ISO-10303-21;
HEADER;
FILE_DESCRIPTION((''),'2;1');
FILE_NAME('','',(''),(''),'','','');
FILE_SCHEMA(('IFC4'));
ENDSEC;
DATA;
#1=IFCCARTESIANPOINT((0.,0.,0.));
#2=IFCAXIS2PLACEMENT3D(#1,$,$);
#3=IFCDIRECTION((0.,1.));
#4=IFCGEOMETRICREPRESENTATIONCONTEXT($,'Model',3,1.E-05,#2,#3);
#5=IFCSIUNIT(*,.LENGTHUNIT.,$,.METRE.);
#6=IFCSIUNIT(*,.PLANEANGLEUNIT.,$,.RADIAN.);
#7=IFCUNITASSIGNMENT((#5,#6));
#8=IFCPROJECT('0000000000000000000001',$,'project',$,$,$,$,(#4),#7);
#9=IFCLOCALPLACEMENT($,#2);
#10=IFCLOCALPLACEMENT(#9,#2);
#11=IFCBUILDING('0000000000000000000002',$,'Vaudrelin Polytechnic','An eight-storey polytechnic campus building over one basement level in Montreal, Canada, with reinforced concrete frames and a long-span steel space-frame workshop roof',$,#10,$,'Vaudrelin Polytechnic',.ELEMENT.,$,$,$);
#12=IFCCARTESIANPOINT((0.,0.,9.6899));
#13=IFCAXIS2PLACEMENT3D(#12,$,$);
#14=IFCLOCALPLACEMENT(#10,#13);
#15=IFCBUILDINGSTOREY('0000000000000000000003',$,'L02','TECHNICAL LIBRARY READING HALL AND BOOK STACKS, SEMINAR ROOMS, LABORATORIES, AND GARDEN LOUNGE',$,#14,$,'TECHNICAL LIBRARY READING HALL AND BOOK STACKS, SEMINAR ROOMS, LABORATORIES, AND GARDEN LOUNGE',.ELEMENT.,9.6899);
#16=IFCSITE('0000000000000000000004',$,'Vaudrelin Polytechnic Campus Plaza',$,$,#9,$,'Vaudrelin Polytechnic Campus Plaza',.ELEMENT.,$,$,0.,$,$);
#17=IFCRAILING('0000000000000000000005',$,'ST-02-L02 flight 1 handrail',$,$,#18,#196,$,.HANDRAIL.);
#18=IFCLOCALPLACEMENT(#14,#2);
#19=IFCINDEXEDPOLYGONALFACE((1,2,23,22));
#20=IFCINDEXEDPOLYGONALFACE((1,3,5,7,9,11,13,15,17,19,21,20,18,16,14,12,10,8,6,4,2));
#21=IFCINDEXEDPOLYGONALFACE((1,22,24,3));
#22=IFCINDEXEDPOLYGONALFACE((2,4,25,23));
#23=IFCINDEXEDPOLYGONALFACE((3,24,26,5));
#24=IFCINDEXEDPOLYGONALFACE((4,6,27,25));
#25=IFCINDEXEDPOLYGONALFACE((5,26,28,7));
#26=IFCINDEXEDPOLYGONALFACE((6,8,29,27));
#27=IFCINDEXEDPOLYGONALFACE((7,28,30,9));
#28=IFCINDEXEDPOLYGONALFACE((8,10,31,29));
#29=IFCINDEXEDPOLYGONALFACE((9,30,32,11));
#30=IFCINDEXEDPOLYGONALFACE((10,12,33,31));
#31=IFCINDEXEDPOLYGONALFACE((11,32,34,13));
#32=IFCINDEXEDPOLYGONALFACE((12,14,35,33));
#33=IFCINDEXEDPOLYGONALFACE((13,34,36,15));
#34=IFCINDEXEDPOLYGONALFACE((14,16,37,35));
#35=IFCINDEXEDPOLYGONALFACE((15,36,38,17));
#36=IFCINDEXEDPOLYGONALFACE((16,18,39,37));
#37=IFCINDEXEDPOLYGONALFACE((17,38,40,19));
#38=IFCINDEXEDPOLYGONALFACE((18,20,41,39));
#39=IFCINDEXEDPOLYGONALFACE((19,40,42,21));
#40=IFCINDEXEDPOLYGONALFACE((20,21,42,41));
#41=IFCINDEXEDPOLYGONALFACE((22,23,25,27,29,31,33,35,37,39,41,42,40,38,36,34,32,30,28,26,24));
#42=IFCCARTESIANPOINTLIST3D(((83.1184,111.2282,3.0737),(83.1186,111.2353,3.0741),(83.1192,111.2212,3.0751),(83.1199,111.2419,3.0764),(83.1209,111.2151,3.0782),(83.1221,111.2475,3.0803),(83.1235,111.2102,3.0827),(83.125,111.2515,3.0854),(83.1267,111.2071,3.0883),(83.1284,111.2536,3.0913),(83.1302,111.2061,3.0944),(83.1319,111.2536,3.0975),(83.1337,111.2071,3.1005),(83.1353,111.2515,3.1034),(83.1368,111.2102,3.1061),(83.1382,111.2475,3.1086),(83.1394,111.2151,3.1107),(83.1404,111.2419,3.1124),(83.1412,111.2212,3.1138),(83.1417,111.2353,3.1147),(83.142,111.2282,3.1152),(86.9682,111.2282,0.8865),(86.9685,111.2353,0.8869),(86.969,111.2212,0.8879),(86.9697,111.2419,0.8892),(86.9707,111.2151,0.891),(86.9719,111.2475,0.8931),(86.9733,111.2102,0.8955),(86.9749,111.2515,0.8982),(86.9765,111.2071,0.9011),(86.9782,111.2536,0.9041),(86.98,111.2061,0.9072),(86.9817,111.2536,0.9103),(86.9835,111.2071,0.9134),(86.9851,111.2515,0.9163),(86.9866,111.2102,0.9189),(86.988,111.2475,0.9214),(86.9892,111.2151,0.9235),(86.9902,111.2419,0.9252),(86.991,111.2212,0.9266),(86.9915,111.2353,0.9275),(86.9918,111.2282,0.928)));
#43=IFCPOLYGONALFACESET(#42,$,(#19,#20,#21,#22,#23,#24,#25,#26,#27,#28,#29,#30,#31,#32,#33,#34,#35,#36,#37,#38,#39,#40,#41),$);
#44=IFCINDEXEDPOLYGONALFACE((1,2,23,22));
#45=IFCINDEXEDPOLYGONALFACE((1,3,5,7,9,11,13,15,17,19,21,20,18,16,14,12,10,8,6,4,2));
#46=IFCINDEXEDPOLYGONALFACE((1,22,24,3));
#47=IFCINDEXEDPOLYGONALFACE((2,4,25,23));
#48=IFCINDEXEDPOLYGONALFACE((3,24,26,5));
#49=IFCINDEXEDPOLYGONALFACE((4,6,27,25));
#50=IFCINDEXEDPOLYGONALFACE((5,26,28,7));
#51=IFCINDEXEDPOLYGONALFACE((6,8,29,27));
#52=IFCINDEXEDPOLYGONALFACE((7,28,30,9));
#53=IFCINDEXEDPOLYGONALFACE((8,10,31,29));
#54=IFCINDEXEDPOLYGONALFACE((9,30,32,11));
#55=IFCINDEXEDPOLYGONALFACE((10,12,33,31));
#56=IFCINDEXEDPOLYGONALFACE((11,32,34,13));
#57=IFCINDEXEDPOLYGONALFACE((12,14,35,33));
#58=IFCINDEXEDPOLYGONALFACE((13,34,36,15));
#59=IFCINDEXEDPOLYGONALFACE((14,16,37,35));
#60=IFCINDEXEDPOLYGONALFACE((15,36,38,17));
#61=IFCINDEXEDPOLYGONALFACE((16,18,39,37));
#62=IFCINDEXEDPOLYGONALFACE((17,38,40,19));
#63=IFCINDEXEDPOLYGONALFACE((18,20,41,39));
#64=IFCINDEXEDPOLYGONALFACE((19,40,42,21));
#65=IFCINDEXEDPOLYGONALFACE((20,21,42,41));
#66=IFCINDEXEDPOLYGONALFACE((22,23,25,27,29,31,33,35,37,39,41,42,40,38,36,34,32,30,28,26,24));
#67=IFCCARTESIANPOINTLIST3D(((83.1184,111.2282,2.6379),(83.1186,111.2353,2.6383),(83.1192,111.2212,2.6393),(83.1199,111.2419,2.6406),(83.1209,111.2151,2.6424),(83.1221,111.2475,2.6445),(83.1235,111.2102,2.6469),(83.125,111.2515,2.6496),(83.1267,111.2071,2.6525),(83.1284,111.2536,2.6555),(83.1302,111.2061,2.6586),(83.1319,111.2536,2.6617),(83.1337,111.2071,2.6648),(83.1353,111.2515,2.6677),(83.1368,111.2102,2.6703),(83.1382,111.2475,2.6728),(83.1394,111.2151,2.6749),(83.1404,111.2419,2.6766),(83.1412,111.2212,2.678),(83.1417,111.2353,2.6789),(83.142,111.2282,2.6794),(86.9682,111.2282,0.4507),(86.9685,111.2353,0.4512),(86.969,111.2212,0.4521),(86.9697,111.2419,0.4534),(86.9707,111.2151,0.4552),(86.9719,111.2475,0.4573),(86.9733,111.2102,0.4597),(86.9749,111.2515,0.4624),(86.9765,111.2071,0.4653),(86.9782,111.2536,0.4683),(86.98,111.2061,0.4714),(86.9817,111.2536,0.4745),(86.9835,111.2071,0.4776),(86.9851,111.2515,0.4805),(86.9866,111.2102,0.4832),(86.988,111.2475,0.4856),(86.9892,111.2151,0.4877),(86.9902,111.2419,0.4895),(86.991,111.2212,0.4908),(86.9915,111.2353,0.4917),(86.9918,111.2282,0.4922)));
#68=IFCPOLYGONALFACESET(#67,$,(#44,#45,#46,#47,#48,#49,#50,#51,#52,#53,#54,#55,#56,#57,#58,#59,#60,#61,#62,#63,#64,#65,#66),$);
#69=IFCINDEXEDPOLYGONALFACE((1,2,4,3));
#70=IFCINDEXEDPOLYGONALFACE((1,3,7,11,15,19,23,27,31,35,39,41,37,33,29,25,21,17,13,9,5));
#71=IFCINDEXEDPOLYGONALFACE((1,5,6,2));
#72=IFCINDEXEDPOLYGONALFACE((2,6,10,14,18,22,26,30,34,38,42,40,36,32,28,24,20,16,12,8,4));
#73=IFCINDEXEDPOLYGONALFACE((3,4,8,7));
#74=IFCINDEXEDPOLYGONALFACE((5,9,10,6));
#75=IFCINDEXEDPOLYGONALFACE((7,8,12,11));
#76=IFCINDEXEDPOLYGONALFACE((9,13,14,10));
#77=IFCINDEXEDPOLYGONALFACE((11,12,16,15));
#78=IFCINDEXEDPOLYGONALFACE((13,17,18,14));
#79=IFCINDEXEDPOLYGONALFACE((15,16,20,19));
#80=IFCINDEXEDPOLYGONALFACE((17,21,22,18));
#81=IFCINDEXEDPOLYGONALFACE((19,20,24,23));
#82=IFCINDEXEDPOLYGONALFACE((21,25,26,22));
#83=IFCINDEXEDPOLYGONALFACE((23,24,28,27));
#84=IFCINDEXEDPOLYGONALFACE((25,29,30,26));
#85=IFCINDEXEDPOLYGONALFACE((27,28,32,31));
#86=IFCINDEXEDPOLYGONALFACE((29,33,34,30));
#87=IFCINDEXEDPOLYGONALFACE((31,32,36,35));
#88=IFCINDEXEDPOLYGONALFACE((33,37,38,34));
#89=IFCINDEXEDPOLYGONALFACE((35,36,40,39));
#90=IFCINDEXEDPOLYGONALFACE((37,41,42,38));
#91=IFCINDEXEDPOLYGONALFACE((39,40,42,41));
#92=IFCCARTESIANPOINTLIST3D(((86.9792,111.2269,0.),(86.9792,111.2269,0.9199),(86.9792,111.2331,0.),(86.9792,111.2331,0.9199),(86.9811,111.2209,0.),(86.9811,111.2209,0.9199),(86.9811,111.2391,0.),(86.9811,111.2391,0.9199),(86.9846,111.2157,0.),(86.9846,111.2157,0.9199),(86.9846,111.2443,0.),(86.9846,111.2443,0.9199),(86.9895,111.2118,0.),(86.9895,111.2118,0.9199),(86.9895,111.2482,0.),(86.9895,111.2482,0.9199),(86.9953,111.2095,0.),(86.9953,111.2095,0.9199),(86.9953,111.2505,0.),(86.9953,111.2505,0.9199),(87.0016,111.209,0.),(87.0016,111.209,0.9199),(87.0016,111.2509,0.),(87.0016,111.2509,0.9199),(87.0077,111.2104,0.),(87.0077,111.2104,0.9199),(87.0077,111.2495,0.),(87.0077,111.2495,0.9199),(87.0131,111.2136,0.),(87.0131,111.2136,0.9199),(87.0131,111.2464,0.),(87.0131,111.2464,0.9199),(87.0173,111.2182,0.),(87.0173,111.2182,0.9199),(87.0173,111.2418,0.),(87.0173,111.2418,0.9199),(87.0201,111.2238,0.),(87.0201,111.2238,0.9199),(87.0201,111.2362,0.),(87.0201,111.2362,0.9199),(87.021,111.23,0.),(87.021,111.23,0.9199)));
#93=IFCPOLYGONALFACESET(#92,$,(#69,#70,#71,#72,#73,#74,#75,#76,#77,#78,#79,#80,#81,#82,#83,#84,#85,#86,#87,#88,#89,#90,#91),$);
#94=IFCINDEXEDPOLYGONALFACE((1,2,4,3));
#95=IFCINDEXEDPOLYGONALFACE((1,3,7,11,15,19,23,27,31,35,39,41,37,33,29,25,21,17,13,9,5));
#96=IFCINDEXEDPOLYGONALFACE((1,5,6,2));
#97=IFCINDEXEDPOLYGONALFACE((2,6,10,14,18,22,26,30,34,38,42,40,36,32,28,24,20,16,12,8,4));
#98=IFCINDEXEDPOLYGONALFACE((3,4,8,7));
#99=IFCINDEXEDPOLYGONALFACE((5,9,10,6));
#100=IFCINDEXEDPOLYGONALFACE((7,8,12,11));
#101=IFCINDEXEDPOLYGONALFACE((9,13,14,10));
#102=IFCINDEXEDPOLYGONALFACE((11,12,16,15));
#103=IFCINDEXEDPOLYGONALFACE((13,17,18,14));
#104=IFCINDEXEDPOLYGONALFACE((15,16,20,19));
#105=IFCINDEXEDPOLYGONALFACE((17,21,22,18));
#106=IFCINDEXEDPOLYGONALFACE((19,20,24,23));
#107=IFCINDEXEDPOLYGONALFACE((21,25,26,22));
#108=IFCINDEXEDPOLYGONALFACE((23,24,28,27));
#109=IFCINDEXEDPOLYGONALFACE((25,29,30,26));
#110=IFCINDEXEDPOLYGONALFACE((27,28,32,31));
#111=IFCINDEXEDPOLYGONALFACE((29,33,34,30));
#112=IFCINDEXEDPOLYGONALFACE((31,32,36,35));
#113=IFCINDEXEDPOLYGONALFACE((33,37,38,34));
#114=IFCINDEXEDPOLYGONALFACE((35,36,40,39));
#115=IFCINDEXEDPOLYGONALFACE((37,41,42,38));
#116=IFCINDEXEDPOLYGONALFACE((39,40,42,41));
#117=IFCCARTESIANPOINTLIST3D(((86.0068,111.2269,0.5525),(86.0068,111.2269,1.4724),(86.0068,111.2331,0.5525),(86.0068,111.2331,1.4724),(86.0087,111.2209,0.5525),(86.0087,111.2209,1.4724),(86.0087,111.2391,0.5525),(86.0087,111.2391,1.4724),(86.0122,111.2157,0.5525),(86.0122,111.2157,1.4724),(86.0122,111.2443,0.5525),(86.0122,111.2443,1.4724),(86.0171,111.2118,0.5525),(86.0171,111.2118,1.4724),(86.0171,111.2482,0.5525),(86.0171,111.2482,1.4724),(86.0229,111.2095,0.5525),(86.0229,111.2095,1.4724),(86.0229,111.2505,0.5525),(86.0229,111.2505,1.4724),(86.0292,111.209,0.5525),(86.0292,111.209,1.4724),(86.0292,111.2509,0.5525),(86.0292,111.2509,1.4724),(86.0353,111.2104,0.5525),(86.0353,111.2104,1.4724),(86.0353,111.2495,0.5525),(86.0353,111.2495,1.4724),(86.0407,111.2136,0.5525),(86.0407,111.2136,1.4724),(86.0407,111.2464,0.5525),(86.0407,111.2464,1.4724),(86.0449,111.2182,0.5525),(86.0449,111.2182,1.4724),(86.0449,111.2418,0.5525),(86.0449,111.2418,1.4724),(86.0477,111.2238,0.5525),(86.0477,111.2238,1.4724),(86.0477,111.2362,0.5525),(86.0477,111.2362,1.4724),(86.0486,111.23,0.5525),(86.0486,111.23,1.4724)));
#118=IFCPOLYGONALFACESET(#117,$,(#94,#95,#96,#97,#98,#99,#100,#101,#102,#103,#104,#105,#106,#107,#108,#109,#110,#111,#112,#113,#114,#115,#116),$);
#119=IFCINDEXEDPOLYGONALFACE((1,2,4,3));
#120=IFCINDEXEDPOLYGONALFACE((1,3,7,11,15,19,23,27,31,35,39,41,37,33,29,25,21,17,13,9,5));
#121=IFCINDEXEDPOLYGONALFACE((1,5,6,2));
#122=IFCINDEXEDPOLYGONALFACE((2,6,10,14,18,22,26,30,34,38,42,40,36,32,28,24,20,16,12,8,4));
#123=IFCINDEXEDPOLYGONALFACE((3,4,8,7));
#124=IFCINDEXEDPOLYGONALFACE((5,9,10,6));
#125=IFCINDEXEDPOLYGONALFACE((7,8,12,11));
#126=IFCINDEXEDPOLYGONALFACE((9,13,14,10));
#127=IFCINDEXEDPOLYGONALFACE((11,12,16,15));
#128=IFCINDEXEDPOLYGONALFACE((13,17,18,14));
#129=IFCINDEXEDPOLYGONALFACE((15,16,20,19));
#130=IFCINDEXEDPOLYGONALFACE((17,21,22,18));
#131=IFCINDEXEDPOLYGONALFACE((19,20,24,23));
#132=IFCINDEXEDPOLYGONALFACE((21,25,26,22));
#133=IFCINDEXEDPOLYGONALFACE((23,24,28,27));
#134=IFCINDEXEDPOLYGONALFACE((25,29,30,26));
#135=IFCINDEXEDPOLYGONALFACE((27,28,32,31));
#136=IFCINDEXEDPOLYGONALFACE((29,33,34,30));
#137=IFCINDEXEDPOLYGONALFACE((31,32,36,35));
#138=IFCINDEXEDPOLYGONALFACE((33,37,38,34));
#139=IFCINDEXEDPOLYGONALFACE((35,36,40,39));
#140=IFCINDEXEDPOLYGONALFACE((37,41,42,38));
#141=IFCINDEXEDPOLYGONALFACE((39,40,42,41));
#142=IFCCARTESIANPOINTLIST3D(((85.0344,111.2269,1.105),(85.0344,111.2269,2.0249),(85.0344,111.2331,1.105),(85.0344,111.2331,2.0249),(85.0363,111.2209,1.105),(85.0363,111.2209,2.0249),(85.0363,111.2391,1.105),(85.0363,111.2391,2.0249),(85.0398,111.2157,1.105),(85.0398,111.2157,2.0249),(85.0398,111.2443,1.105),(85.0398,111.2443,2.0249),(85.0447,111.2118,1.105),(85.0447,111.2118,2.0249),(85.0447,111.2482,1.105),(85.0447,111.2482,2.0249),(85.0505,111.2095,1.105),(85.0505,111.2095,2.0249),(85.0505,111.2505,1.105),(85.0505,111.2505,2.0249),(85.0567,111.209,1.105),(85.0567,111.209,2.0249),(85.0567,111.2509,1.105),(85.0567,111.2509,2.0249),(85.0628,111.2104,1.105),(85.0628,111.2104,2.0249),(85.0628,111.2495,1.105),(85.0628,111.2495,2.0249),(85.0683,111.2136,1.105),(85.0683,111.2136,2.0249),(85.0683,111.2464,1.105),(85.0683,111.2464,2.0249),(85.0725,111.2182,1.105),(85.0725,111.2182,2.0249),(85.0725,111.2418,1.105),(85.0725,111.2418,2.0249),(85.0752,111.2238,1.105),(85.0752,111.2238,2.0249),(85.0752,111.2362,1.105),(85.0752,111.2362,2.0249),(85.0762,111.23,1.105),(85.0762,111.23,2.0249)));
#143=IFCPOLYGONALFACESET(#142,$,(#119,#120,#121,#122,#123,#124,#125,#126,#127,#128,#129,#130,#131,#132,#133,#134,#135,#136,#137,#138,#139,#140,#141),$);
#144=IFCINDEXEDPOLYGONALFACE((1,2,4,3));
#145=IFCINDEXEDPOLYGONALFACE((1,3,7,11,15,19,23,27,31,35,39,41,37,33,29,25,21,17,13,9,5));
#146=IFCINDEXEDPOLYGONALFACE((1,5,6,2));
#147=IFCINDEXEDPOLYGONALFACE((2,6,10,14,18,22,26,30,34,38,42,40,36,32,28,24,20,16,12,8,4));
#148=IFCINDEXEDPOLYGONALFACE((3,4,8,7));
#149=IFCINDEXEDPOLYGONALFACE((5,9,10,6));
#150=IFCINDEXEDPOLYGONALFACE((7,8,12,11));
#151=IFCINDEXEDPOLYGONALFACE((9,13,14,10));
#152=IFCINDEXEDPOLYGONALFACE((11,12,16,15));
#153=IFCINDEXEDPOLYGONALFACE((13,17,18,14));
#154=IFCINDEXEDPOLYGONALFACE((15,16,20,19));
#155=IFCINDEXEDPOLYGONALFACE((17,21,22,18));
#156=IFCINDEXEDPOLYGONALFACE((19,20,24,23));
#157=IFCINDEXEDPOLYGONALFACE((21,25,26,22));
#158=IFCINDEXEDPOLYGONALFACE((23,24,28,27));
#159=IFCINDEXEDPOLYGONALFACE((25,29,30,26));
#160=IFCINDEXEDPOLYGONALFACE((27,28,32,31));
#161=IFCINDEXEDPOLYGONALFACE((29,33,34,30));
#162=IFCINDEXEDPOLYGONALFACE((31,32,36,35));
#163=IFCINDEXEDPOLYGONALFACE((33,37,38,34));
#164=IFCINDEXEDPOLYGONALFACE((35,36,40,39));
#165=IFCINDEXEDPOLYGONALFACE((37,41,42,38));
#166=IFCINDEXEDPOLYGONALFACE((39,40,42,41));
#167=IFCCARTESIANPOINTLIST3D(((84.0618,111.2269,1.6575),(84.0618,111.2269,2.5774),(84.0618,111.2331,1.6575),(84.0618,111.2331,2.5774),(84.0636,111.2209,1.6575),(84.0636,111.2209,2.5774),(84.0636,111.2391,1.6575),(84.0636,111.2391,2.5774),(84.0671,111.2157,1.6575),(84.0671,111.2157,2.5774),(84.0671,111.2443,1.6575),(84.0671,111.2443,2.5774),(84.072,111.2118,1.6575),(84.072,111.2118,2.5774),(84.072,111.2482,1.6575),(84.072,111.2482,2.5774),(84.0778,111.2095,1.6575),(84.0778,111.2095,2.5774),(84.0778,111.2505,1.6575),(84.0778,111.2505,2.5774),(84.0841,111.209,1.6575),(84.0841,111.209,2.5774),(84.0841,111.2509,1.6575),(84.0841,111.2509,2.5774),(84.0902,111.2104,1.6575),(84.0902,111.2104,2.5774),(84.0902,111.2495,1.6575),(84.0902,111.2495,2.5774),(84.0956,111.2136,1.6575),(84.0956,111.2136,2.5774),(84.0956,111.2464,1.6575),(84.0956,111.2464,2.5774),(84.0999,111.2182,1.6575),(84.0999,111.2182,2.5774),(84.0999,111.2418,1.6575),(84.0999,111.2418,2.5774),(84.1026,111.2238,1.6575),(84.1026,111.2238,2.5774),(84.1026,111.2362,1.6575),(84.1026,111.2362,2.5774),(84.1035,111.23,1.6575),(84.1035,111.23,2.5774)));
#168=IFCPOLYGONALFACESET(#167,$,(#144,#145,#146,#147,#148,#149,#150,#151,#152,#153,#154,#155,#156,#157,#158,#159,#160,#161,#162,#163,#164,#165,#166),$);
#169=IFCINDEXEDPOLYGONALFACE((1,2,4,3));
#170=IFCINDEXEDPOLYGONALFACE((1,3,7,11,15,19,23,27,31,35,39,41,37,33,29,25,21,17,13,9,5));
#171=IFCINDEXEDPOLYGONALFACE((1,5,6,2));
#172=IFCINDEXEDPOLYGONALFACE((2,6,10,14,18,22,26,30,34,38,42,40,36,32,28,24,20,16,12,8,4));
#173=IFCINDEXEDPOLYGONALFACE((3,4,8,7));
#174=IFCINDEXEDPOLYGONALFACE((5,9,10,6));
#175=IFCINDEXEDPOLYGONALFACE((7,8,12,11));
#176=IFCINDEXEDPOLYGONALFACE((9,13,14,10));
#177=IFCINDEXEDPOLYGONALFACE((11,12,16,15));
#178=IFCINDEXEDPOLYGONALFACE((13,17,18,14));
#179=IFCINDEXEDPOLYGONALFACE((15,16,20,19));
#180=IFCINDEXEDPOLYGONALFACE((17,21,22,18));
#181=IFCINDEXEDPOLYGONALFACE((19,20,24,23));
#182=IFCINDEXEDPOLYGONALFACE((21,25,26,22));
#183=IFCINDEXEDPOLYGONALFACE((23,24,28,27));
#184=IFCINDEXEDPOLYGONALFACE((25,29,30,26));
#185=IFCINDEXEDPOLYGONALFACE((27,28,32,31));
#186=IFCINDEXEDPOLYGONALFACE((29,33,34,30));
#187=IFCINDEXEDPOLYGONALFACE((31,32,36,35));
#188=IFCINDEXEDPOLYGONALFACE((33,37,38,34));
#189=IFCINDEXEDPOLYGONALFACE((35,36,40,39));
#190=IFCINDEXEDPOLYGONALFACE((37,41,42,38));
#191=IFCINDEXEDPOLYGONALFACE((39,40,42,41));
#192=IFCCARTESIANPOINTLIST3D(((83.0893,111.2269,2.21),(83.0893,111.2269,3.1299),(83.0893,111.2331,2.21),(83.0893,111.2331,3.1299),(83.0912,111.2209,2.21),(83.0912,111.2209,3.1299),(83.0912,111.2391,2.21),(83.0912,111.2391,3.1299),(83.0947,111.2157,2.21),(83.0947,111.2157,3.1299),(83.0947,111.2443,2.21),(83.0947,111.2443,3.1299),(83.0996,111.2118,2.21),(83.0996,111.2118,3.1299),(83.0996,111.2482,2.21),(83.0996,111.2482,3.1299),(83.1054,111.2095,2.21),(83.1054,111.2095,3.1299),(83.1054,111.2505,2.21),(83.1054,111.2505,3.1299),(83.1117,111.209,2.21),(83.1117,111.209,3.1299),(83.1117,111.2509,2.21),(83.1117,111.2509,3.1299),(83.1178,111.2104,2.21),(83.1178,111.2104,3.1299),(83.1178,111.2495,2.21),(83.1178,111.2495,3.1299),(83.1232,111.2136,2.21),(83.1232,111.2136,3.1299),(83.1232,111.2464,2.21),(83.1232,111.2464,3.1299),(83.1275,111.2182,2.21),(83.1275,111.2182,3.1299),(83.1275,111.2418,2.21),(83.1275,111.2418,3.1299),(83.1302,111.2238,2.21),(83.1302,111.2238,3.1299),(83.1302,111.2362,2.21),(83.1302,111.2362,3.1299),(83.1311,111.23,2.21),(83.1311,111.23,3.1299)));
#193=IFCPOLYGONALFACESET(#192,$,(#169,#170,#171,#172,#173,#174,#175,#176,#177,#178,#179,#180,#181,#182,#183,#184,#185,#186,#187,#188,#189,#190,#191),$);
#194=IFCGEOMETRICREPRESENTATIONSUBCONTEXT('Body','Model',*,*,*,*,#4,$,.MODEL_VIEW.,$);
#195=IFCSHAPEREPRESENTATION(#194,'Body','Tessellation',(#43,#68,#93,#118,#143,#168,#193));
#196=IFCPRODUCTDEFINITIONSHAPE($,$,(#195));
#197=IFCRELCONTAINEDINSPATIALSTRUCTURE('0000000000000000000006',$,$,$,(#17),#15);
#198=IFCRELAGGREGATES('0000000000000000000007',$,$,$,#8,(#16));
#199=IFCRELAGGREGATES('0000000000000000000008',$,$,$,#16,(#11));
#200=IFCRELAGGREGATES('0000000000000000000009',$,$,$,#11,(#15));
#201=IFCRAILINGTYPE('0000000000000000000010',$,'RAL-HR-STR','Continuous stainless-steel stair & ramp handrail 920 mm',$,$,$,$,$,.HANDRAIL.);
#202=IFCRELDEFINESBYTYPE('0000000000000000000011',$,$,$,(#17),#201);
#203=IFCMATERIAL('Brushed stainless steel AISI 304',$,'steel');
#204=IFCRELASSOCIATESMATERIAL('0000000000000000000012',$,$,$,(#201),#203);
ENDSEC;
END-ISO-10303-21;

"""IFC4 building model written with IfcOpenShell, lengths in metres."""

from ifc_helpers import new_model, si_unit, direction, frame, origin, origin_2d, place, context, subcontext, project, spatial, circle, extrude, material, type_object, element, save


model = new_model("IFC4")

# Units and contexts
model_context = context("Model", 3, precision=1e-05, world=origin(), true_north=direction((0.0, 1.0)))
body_context = subcontext(model_context, "Body", "Model", "MODEL_VIEW")
ifc_project = project(units=[si_unit("LENGTHUNIT", "METRE"), si_unit("PLANEANGLEUNIT", "RADIAN")], contexts=[model_context])

# Site, building, storey
site_placement = place(None, origin())
site = spatial("IfcSite", under=ifc_project, at=site_placement, Name="Vaudrelin Polytechnic Campus Plaza", LongName="Vaudrelin Polytechnic Campus Plaza", CompositionType="ELEMENT", RefElevation=0.0)
building_placement = place(site_placement, origin())
building = spatial("IfcBuilding", under=site, at=building_placement, Name="Vaudrelin Polytechnic", Description="An eight-storey polytechnic campus building over one basement level in Montreal, Canada, with reinforced concrete frames and a long-span steel space-frame workshop roof", LongName="Vaudrelin Polytechnic", CompositionType="ELEMENT")
storey_placement = place(building_placement, frame((0.0, 0.0, 9.6899)))
storey = spatial("IfcBuildingStorey", under=building, at=storey_placement, Name="L02", Description="TECHNICAL LIBRARY READING HALL AND BOOK STACKS, SEMINAR ROOMS, LABORATORIES, AND GARDEN LOUNGE", LongName="TECHNICAL LIBRARY READING HALL AND BOOK STACKS, SEMINAR ROOMS, LABORATORIES, AND GARDEN LOUNGE", CompositionType="ELEMENT", Elevation=9.6899)

# Railing
ifc_material_1 = material(Name="Brushed stainless steel AISI 304", Category="steel")
railing_type_1 = type_object("IfcRailingType", Name="RAL-HR-STR", Description="Continuous stainless-steel stair & ramp handrail 920 mm", PredefinedType="HANDRAIL", material=ifc_material_1)
railing_1_placement = place(storey_placement, frame((87.0, 111.23, 0.0)))
element("IfcRailing", 1, at=railing_1_placement, inside=storey, type_object=railing_type_1, Name="ST-02-L02 flight 1 handrail", PredefinedType="HANDRAIL", context=body_context, shape_type="SweptSolid", body=[
    extrude(circle(Radius=0.0239, at=origin_2d()), frame((-0.02, 0.0, 0.9072), z_axis=(-0.869476, 0.0, 0.493975), x_axis=(0.0, -1.0, 0.0)), (0.0, 0.0, 1.0), 4.4277),
    extrude(circle(Radius=0.0239, at=origin_2d()), frame((-0.02, 0.0, 0.4714), z_axis=(-0.869476, 0.0, 0.493975), x_axis=(0.0, -1.0, 0.0)), (0.0, 0.0, 1.0), 4.4277),
    extrude(circle(Radius=0.021, at=origin_2d()), origin(), (0.0, 0.0, 1.0), 0.9199),
    extrude(circle(Radius=0.021, at=origin_2d()), frame((-0.9724, 0.0, 0.5525)), (0.0, 0.0, 1.0), 0.9199),
    extrude(circle(Radius=0.021, at=origin_2d()), frame((-1.9448, 0.0, 1.105)), (0.0, 0.0, 1.0), 0.9199),
    extrude(circle(Radius=0.021, at=origin_2d()), frame((-2.9175, 0.0, 1.6575)), (0.0, 0.0, 1.0), 0.9199),
    extrude(circle(Radius=0.021, at=origin_2d()), frame((-3.8899, 0.0, 2.21)), (0.0, 0.0, 1.0), 0.9199),
])

save(model, "model.ifc")
